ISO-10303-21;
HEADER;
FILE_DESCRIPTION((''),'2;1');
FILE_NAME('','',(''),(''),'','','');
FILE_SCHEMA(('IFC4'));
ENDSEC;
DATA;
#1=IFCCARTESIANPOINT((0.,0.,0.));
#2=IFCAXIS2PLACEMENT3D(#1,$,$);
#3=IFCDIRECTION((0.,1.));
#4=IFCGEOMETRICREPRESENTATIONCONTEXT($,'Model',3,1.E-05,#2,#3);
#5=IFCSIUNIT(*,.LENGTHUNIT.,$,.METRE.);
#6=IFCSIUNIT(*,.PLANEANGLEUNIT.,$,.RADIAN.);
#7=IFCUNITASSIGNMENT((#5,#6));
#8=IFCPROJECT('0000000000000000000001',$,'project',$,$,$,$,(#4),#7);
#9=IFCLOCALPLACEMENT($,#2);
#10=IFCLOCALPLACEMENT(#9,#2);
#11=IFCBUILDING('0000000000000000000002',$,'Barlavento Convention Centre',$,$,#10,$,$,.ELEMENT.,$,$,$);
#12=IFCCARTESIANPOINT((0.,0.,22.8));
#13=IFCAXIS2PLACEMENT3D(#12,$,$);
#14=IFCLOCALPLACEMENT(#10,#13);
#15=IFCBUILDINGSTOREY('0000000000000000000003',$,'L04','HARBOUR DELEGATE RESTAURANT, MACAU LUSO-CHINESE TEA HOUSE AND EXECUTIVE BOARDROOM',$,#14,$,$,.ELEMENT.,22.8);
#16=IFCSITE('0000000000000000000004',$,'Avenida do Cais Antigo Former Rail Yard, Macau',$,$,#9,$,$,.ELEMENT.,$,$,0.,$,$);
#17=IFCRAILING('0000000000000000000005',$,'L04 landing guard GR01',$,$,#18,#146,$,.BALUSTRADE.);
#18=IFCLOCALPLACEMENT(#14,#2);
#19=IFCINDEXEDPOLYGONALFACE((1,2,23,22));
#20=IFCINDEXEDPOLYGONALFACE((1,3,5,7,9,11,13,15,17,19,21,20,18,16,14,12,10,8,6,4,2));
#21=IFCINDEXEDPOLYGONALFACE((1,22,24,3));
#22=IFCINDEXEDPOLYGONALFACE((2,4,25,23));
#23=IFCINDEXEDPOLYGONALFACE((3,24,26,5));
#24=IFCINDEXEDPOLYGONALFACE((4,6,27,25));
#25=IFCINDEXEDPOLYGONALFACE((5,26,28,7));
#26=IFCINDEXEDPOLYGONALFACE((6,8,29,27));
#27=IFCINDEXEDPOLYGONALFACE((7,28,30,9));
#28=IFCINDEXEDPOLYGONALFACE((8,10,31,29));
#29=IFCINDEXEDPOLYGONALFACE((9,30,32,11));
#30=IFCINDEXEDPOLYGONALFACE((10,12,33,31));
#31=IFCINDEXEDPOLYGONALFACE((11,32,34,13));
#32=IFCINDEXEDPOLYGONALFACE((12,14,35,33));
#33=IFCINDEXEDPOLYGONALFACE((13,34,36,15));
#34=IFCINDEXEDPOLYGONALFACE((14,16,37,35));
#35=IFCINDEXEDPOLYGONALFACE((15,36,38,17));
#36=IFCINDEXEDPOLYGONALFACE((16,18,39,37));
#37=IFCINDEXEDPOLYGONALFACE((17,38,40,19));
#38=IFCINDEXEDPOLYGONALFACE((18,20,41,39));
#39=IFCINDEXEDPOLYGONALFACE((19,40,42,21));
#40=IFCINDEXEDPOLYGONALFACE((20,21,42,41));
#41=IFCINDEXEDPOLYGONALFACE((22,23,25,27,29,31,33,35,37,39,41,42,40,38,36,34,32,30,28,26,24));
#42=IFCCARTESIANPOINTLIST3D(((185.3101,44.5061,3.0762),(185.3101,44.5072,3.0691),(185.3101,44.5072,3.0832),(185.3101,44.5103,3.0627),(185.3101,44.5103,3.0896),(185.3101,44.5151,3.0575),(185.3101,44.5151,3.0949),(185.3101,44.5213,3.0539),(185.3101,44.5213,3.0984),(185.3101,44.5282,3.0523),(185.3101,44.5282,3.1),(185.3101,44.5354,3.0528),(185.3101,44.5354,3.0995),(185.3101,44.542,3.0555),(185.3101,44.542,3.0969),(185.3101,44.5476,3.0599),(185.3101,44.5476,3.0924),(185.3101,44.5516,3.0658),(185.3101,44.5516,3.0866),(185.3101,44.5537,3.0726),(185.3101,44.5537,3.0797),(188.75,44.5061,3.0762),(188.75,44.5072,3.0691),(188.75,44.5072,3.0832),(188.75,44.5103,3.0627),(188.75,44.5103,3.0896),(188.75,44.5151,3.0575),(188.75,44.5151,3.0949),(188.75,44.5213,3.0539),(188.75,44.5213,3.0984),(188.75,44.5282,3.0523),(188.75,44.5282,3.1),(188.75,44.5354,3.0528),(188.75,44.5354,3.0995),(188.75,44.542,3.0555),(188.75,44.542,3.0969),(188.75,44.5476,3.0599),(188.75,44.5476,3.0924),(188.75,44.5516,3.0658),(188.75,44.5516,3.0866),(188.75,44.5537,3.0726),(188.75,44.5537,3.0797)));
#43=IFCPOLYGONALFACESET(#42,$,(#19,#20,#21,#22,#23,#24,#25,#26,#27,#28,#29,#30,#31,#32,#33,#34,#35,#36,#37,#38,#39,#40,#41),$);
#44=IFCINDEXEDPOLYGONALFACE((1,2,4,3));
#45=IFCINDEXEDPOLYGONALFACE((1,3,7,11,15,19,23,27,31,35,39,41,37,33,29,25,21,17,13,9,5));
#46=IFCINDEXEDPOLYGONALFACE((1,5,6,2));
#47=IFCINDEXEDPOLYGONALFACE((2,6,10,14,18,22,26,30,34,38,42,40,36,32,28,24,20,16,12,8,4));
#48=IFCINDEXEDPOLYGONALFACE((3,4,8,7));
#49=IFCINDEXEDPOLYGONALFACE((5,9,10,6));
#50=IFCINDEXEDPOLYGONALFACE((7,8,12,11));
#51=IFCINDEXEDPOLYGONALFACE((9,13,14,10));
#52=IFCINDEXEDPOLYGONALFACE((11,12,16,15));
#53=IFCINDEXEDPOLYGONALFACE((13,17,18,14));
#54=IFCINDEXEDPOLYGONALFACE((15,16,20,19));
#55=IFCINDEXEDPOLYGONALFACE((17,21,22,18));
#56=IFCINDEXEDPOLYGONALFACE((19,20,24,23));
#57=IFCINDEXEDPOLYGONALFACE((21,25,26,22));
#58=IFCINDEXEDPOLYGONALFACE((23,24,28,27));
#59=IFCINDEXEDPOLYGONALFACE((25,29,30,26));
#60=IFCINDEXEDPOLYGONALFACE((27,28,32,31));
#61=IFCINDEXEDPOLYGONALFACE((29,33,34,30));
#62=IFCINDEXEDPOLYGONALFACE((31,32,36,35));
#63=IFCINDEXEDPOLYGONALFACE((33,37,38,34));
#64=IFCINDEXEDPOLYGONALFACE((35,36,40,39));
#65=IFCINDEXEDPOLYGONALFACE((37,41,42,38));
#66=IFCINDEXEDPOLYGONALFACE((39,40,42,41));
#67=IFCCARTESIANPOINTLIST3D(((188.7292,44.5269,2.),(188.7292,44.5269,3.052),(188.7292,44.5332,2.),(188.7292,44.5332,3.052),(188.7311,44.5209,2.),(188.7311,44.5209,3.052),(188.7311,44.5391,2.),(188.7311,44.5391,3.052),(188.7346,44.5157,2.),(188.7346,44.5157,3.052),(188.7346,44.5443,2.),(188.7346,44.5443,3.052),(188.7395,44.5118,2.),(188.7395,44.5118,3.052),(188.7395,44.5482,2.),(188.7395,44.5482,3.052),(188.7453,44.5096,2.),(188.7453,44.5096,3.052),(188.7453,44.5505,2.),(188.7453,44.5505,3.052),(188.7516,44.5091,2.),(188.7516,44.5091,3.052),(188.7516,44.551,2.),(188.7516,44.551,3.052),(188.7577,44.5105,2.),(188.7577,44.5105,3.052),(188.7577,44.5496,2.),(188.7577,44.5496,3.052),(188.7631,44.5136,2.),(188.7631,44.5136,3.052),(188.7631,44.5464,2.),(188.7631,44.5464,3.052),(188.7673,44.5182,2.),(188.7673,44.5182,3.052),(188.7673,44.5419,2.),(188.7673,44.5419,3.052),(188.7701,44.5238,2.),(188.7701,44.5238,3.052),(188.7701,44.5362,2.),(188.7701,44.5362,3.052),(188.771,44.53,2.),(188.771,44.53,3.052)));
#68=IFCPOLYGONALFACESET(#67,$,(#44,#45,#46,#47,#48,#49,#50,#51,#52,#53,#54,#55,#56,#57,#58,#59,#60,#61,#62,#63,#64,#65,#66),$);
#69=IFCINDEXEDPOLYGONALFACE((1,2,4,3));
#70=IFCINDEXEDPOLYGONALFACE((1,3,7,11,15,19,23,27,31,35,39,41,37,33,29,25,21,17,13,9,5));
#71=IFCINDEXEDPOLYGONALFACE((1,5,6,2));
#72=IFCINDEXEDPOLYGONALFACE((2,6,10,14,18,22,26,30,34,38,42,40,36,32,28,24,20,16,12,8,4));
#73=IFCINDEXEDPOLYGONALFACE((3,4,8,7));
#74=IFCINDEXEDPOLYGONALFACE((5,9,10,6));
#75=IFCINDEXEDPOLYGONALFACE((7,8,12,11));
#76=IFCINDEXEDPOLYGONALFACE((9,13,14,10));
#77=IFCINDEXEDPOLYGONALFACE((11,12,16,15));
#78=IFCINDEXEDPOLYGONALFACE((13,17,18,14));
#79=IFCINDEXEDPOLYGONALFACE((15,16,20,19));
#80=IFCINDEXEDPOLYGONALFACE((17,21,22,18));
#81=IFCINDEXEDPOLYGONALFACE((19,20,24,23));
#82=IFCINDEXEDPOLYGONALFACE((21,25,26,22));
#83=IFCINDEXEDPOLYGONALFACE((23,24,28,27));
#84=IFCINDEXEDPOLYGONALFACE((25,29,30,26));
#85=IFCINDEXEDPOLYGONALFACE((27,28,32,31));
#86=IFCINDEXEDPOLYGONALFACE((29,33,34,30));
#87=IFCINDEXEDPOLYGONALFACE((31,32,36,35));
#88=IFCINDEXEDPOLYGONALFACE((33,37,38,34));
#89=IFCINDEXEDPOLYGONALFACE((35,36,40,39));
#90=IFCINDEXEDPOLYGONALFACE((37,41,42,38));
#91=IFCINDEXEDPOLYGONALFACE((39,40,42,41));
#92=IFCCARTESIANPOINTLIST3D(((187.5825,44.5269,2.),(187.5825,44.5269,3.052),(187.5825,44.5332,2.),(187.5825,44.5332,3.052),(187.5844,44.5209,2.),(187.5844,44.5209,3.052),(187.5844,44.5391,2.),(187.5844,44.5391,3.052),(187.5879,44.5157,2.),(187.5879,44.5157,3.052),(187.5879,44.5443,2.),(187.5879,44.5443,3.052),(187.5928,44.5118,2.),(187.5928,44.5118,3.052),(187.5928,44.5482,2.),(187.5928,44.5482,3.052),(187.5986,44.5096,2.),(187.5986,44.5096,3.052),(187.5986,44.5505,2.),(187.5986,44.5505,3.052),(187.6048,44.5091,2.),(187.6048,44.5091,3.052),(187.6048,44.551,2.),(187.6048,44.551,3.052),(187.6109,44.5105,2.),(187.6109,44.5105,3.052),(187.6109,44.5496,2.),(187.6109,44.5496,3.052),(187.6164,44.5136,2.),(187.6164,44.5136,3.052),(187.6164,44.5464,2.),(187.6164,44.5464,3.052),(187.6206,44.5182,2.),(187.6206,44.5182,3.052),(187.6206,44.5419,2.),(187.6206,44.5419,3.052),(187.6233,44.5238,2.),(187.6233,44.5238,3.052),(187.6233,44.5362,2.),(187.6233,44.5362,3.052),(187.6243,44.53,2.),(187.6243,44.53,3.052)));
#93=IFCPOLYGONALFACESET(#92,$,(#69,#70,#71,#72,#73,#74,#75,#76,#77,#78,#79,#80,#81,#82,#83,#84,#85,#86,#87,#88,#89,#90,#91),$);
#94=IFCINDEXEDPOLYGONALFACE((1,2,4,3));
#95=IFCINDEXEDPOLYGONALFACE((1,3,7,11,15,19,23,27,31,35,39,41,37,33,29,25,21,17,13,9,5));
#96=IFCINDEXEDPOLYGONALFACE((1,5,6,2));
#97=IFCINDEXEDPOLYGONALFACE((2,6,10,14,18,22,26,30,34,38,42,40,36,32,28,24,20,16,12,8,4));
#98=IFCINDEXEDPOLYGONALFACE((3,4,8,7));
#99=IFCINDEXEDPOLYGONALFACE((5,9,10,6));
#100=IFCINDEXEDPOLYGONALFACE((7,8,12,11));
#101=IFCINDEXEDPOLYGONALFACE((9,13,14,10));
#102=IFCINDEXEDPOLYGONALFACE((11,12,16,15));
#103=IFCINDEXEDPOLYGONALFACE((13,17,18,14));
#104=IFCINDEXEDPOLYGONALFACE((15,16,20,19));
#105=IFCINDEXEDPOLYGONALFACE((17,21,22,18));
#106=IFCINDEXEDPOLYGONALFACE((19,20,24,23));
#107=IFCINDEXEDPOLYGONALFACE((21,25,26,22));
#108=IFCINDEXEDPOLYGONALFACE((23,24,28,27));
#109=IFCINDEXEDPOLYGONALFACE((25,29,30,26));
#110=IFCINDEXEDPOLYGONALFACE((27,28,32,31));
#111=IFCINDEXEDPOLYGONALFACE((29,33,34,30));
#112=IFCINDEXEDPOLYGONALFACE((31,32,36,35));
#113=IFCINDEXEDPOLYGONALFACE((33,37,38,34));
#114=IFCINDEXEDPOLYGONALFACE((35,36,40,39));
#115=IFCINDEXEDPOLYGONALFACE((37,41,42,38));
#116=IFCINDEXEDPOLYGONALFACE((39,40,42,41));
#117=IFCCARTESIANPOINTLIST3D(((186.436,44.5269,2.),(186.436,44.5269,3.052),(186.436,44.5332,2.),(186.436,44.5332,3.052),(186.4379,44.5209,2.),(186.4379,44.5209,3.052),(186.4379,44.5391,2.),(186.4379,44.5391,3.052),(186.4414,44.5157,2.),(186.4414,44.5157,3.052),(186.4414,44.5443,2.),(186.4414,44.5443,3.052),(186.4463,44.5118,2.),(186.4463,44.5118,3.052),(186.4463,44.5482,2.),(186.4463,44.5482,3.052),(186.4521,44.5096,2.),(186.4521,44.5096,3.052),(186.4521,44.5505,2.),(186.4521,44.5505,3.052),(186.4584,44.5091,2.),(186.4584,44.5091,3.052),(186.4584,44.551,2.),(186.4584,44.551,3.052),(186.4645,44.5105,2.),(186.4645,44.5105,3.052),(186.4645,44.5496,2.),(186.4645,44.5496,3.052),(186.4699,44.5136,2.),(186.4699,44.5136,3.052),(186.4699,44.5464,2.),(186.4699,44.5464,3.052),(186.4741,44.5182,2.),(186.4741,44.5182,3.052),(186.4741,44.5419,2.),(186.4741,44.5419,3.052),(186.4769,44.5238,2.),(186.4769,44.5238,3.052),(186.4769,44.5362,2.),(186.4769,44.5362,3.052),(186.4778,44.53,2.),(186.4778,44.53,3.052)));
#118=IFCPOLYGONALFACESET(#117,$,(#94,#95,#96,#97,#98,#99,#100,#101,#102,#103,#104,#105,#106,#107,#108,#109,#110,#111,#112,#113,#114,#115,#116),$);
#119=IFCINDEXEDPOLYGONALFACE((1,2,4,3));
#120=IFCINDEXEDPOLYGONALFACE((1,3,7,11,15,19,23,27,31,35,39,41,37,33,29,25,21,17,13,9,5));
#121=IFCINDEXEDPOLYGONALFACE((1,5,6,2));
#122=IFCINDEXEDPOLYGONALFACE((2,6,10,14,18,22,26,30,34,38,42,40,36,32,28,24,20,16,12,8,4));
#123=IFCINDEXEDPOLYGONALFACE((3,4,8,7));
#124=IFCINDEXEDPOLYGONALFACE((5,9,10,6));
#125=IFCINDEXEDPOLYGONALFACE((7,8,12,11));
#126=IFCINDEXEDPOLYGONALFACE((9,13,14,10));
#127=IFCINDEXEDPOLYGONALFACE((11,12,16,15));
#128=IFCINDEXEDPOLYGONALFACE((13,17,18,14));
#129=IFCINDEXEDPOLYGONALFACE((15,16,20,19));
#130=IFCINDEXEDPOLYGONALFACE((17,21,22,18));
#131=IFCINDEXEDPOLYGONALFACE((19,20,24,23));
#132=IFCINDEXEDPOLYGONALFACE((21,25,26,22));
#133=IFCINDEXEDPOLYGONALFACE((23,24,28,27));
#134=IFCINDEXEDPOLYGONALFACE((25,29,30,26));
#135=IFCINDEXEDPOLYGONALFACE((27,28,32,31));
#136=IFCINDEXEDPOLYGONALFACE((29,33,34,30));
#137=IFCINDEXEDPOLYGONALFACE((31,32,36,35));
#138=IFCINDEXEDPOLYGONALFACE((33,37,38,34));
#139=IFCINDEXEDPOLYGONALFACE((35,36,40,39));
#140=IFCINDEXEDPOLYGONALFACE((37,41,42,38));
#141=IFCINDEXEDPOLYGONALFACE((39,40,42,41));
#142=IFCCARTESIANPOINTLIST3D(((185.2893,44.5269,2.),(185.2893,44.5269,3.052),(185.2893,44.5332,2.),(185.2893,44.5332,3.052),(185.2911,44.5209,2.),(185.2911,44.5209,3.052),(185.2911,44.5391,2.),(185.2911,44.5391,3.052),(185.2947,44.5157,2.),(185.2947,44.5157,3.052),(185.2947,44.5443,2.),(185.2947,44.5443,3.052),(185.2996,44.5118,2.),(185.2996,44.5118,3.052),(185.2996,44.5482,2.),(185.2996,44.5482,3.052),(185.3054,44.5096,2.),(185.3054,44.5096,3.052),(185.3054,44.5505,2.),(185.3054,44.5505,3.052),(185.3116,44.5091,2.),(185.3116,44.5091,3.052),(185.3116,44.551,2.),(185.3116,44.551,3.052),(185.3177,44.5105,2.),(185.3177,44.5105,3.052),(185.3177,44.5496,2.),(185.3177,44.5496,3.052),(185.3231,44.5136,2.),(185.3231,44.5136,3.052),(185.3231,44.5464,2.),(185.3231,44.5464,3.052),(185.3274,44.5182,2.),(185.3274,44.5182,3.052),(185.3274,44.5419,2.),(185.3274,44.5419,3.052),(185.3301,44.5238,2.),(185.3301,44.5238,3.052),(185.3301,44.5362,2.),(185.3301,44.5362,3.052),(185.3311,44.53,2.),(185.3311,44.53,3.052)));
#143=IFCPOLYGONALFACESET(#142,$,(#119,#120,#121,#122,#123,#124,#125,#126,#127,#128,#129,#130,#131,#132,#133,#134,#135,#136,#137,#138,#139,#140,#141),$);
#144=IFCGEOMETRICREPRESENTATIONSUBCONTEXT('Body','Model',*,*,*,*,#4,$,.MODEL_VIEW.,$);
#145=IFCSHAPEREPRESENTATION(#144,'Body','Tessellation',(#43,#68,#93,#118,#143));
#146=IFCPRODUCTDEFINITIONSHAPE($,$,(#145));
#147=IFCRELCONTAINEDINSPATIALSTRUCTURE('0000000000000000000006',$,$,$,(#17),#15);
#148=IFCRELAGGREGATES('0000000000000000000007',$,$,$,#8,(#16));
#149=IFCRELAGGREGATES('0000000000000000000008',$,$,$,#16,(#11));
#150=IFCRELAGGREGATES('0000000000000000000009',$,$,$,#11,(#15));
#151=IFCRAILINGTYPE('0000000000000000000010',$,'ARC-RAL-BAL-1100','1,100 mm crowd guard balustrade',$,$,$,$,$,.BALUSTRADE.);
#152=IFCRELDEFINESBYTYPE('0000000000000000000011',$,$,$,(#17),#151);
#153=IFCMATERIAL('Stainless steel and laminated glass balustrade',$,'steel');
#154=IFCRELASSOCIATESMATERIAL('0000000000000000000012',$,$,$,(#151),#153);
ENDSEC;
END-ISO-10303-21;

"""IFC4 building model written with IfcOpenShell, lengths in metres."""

from ifc_helpers import new_model, si_unit, direction, frame, origin, origin_2d, place, context, subcontext, project, spatial, circle, extrude, material, type_object, element, save


model = new_model("IFC4")

# Units and contexts
model_context = context("Model", 3, precision=1e-05, world=origin(), true_north=direction((0.0, 1.0)))
body_context = subcontext(model_context, "Body", "Model", "MODEL_VIEW")
ifc_project = project(units=[si_unit("LENGTHUNIT", "METRE"), si_unit("PLANEANGLEUNIT", "RADIAN")], contexts=[model_context])

# Site, building, storey
site_placement = place(None, origin())
site = spatial("IfcSite", under=ifc_project, at=site_placement, Name="Avenida do Cais Antigo Former Rail Yard, Macau", CompositionType="ELEMENT", RefElevation=0.0)
building_placement = place(site_placement, origin())
building = spatial("IfcBuilding", under=site, at=building_placement, Name="Barlavento Convention Centre", CompositionType="ELEMENT")
storey_placement = place(building_placement, frame((0.0, 0.0, 22.8)))
storey = spatial("IfcBuildingStorey", under=building, at=storey_placement, Name="L04", Description="HARBOUR DELEGATE RESTAURANT, MACAU LUSO-CHINESE TEA HOUSE AND EXECUTIVE BOARDROOM", CompositionType="ELEMENT", Elevation=22.8)

# Railing
ifc_material_1 = material(Name="Stainless steel and laminated glass balustrade", Category="steel")
railing_type = type_object("IfcRailingType", Name="ARC-RAL-BAL-1100", Description="1,100 mm crowd guard balustrade", PredefinedType="BALUSTRADE", material=ifc_material_1)
for number, where, name in (
    (1, (188.75, 44.53, 2.0), "L04 landing guard GR01"),
):
    element("IfcRailing", number, at=place(storey_placement, frame(where)), inside=storey, type_object=railing_type, Name=name, PredefinedType="BALUSTRADE", context=body_context, shape_type="SweptSolid", body=[
        extrude(circle(Radius=0.0239, at=origin_2d()), frame((0.0, 0.0, 1.0762), z_axis=(-1.0, 0.0, 0.0), x_axis=(0.0, -1.0, 0.0)), (0.0, 0.0, 1.0), 3.4399),
        extrude(circle(Radius=0.021, at=origin_2d()), origin(), (0.0, 0.0, 1.0), 1.052),
        extrude(circle(Radius=0.021, at=origin_2d()), frame((-1.1467, 0.0, 0.0)), (0.0, 0.0, 1.0), 1.052),
        extrude(circle(Radius=0.021, at=origin_2d()), frame((-2.2932, 0.0, 0.0)), (0.0, 0.0, 1.0), 1.052),
        extrude(circle(Radius=0.021, at=origin_2d()), frame((-3.4399, 0.0, 0.0)), (0.0, 0.0, 1.0), 1.052),
    ])

save(model, "model.ifc")
